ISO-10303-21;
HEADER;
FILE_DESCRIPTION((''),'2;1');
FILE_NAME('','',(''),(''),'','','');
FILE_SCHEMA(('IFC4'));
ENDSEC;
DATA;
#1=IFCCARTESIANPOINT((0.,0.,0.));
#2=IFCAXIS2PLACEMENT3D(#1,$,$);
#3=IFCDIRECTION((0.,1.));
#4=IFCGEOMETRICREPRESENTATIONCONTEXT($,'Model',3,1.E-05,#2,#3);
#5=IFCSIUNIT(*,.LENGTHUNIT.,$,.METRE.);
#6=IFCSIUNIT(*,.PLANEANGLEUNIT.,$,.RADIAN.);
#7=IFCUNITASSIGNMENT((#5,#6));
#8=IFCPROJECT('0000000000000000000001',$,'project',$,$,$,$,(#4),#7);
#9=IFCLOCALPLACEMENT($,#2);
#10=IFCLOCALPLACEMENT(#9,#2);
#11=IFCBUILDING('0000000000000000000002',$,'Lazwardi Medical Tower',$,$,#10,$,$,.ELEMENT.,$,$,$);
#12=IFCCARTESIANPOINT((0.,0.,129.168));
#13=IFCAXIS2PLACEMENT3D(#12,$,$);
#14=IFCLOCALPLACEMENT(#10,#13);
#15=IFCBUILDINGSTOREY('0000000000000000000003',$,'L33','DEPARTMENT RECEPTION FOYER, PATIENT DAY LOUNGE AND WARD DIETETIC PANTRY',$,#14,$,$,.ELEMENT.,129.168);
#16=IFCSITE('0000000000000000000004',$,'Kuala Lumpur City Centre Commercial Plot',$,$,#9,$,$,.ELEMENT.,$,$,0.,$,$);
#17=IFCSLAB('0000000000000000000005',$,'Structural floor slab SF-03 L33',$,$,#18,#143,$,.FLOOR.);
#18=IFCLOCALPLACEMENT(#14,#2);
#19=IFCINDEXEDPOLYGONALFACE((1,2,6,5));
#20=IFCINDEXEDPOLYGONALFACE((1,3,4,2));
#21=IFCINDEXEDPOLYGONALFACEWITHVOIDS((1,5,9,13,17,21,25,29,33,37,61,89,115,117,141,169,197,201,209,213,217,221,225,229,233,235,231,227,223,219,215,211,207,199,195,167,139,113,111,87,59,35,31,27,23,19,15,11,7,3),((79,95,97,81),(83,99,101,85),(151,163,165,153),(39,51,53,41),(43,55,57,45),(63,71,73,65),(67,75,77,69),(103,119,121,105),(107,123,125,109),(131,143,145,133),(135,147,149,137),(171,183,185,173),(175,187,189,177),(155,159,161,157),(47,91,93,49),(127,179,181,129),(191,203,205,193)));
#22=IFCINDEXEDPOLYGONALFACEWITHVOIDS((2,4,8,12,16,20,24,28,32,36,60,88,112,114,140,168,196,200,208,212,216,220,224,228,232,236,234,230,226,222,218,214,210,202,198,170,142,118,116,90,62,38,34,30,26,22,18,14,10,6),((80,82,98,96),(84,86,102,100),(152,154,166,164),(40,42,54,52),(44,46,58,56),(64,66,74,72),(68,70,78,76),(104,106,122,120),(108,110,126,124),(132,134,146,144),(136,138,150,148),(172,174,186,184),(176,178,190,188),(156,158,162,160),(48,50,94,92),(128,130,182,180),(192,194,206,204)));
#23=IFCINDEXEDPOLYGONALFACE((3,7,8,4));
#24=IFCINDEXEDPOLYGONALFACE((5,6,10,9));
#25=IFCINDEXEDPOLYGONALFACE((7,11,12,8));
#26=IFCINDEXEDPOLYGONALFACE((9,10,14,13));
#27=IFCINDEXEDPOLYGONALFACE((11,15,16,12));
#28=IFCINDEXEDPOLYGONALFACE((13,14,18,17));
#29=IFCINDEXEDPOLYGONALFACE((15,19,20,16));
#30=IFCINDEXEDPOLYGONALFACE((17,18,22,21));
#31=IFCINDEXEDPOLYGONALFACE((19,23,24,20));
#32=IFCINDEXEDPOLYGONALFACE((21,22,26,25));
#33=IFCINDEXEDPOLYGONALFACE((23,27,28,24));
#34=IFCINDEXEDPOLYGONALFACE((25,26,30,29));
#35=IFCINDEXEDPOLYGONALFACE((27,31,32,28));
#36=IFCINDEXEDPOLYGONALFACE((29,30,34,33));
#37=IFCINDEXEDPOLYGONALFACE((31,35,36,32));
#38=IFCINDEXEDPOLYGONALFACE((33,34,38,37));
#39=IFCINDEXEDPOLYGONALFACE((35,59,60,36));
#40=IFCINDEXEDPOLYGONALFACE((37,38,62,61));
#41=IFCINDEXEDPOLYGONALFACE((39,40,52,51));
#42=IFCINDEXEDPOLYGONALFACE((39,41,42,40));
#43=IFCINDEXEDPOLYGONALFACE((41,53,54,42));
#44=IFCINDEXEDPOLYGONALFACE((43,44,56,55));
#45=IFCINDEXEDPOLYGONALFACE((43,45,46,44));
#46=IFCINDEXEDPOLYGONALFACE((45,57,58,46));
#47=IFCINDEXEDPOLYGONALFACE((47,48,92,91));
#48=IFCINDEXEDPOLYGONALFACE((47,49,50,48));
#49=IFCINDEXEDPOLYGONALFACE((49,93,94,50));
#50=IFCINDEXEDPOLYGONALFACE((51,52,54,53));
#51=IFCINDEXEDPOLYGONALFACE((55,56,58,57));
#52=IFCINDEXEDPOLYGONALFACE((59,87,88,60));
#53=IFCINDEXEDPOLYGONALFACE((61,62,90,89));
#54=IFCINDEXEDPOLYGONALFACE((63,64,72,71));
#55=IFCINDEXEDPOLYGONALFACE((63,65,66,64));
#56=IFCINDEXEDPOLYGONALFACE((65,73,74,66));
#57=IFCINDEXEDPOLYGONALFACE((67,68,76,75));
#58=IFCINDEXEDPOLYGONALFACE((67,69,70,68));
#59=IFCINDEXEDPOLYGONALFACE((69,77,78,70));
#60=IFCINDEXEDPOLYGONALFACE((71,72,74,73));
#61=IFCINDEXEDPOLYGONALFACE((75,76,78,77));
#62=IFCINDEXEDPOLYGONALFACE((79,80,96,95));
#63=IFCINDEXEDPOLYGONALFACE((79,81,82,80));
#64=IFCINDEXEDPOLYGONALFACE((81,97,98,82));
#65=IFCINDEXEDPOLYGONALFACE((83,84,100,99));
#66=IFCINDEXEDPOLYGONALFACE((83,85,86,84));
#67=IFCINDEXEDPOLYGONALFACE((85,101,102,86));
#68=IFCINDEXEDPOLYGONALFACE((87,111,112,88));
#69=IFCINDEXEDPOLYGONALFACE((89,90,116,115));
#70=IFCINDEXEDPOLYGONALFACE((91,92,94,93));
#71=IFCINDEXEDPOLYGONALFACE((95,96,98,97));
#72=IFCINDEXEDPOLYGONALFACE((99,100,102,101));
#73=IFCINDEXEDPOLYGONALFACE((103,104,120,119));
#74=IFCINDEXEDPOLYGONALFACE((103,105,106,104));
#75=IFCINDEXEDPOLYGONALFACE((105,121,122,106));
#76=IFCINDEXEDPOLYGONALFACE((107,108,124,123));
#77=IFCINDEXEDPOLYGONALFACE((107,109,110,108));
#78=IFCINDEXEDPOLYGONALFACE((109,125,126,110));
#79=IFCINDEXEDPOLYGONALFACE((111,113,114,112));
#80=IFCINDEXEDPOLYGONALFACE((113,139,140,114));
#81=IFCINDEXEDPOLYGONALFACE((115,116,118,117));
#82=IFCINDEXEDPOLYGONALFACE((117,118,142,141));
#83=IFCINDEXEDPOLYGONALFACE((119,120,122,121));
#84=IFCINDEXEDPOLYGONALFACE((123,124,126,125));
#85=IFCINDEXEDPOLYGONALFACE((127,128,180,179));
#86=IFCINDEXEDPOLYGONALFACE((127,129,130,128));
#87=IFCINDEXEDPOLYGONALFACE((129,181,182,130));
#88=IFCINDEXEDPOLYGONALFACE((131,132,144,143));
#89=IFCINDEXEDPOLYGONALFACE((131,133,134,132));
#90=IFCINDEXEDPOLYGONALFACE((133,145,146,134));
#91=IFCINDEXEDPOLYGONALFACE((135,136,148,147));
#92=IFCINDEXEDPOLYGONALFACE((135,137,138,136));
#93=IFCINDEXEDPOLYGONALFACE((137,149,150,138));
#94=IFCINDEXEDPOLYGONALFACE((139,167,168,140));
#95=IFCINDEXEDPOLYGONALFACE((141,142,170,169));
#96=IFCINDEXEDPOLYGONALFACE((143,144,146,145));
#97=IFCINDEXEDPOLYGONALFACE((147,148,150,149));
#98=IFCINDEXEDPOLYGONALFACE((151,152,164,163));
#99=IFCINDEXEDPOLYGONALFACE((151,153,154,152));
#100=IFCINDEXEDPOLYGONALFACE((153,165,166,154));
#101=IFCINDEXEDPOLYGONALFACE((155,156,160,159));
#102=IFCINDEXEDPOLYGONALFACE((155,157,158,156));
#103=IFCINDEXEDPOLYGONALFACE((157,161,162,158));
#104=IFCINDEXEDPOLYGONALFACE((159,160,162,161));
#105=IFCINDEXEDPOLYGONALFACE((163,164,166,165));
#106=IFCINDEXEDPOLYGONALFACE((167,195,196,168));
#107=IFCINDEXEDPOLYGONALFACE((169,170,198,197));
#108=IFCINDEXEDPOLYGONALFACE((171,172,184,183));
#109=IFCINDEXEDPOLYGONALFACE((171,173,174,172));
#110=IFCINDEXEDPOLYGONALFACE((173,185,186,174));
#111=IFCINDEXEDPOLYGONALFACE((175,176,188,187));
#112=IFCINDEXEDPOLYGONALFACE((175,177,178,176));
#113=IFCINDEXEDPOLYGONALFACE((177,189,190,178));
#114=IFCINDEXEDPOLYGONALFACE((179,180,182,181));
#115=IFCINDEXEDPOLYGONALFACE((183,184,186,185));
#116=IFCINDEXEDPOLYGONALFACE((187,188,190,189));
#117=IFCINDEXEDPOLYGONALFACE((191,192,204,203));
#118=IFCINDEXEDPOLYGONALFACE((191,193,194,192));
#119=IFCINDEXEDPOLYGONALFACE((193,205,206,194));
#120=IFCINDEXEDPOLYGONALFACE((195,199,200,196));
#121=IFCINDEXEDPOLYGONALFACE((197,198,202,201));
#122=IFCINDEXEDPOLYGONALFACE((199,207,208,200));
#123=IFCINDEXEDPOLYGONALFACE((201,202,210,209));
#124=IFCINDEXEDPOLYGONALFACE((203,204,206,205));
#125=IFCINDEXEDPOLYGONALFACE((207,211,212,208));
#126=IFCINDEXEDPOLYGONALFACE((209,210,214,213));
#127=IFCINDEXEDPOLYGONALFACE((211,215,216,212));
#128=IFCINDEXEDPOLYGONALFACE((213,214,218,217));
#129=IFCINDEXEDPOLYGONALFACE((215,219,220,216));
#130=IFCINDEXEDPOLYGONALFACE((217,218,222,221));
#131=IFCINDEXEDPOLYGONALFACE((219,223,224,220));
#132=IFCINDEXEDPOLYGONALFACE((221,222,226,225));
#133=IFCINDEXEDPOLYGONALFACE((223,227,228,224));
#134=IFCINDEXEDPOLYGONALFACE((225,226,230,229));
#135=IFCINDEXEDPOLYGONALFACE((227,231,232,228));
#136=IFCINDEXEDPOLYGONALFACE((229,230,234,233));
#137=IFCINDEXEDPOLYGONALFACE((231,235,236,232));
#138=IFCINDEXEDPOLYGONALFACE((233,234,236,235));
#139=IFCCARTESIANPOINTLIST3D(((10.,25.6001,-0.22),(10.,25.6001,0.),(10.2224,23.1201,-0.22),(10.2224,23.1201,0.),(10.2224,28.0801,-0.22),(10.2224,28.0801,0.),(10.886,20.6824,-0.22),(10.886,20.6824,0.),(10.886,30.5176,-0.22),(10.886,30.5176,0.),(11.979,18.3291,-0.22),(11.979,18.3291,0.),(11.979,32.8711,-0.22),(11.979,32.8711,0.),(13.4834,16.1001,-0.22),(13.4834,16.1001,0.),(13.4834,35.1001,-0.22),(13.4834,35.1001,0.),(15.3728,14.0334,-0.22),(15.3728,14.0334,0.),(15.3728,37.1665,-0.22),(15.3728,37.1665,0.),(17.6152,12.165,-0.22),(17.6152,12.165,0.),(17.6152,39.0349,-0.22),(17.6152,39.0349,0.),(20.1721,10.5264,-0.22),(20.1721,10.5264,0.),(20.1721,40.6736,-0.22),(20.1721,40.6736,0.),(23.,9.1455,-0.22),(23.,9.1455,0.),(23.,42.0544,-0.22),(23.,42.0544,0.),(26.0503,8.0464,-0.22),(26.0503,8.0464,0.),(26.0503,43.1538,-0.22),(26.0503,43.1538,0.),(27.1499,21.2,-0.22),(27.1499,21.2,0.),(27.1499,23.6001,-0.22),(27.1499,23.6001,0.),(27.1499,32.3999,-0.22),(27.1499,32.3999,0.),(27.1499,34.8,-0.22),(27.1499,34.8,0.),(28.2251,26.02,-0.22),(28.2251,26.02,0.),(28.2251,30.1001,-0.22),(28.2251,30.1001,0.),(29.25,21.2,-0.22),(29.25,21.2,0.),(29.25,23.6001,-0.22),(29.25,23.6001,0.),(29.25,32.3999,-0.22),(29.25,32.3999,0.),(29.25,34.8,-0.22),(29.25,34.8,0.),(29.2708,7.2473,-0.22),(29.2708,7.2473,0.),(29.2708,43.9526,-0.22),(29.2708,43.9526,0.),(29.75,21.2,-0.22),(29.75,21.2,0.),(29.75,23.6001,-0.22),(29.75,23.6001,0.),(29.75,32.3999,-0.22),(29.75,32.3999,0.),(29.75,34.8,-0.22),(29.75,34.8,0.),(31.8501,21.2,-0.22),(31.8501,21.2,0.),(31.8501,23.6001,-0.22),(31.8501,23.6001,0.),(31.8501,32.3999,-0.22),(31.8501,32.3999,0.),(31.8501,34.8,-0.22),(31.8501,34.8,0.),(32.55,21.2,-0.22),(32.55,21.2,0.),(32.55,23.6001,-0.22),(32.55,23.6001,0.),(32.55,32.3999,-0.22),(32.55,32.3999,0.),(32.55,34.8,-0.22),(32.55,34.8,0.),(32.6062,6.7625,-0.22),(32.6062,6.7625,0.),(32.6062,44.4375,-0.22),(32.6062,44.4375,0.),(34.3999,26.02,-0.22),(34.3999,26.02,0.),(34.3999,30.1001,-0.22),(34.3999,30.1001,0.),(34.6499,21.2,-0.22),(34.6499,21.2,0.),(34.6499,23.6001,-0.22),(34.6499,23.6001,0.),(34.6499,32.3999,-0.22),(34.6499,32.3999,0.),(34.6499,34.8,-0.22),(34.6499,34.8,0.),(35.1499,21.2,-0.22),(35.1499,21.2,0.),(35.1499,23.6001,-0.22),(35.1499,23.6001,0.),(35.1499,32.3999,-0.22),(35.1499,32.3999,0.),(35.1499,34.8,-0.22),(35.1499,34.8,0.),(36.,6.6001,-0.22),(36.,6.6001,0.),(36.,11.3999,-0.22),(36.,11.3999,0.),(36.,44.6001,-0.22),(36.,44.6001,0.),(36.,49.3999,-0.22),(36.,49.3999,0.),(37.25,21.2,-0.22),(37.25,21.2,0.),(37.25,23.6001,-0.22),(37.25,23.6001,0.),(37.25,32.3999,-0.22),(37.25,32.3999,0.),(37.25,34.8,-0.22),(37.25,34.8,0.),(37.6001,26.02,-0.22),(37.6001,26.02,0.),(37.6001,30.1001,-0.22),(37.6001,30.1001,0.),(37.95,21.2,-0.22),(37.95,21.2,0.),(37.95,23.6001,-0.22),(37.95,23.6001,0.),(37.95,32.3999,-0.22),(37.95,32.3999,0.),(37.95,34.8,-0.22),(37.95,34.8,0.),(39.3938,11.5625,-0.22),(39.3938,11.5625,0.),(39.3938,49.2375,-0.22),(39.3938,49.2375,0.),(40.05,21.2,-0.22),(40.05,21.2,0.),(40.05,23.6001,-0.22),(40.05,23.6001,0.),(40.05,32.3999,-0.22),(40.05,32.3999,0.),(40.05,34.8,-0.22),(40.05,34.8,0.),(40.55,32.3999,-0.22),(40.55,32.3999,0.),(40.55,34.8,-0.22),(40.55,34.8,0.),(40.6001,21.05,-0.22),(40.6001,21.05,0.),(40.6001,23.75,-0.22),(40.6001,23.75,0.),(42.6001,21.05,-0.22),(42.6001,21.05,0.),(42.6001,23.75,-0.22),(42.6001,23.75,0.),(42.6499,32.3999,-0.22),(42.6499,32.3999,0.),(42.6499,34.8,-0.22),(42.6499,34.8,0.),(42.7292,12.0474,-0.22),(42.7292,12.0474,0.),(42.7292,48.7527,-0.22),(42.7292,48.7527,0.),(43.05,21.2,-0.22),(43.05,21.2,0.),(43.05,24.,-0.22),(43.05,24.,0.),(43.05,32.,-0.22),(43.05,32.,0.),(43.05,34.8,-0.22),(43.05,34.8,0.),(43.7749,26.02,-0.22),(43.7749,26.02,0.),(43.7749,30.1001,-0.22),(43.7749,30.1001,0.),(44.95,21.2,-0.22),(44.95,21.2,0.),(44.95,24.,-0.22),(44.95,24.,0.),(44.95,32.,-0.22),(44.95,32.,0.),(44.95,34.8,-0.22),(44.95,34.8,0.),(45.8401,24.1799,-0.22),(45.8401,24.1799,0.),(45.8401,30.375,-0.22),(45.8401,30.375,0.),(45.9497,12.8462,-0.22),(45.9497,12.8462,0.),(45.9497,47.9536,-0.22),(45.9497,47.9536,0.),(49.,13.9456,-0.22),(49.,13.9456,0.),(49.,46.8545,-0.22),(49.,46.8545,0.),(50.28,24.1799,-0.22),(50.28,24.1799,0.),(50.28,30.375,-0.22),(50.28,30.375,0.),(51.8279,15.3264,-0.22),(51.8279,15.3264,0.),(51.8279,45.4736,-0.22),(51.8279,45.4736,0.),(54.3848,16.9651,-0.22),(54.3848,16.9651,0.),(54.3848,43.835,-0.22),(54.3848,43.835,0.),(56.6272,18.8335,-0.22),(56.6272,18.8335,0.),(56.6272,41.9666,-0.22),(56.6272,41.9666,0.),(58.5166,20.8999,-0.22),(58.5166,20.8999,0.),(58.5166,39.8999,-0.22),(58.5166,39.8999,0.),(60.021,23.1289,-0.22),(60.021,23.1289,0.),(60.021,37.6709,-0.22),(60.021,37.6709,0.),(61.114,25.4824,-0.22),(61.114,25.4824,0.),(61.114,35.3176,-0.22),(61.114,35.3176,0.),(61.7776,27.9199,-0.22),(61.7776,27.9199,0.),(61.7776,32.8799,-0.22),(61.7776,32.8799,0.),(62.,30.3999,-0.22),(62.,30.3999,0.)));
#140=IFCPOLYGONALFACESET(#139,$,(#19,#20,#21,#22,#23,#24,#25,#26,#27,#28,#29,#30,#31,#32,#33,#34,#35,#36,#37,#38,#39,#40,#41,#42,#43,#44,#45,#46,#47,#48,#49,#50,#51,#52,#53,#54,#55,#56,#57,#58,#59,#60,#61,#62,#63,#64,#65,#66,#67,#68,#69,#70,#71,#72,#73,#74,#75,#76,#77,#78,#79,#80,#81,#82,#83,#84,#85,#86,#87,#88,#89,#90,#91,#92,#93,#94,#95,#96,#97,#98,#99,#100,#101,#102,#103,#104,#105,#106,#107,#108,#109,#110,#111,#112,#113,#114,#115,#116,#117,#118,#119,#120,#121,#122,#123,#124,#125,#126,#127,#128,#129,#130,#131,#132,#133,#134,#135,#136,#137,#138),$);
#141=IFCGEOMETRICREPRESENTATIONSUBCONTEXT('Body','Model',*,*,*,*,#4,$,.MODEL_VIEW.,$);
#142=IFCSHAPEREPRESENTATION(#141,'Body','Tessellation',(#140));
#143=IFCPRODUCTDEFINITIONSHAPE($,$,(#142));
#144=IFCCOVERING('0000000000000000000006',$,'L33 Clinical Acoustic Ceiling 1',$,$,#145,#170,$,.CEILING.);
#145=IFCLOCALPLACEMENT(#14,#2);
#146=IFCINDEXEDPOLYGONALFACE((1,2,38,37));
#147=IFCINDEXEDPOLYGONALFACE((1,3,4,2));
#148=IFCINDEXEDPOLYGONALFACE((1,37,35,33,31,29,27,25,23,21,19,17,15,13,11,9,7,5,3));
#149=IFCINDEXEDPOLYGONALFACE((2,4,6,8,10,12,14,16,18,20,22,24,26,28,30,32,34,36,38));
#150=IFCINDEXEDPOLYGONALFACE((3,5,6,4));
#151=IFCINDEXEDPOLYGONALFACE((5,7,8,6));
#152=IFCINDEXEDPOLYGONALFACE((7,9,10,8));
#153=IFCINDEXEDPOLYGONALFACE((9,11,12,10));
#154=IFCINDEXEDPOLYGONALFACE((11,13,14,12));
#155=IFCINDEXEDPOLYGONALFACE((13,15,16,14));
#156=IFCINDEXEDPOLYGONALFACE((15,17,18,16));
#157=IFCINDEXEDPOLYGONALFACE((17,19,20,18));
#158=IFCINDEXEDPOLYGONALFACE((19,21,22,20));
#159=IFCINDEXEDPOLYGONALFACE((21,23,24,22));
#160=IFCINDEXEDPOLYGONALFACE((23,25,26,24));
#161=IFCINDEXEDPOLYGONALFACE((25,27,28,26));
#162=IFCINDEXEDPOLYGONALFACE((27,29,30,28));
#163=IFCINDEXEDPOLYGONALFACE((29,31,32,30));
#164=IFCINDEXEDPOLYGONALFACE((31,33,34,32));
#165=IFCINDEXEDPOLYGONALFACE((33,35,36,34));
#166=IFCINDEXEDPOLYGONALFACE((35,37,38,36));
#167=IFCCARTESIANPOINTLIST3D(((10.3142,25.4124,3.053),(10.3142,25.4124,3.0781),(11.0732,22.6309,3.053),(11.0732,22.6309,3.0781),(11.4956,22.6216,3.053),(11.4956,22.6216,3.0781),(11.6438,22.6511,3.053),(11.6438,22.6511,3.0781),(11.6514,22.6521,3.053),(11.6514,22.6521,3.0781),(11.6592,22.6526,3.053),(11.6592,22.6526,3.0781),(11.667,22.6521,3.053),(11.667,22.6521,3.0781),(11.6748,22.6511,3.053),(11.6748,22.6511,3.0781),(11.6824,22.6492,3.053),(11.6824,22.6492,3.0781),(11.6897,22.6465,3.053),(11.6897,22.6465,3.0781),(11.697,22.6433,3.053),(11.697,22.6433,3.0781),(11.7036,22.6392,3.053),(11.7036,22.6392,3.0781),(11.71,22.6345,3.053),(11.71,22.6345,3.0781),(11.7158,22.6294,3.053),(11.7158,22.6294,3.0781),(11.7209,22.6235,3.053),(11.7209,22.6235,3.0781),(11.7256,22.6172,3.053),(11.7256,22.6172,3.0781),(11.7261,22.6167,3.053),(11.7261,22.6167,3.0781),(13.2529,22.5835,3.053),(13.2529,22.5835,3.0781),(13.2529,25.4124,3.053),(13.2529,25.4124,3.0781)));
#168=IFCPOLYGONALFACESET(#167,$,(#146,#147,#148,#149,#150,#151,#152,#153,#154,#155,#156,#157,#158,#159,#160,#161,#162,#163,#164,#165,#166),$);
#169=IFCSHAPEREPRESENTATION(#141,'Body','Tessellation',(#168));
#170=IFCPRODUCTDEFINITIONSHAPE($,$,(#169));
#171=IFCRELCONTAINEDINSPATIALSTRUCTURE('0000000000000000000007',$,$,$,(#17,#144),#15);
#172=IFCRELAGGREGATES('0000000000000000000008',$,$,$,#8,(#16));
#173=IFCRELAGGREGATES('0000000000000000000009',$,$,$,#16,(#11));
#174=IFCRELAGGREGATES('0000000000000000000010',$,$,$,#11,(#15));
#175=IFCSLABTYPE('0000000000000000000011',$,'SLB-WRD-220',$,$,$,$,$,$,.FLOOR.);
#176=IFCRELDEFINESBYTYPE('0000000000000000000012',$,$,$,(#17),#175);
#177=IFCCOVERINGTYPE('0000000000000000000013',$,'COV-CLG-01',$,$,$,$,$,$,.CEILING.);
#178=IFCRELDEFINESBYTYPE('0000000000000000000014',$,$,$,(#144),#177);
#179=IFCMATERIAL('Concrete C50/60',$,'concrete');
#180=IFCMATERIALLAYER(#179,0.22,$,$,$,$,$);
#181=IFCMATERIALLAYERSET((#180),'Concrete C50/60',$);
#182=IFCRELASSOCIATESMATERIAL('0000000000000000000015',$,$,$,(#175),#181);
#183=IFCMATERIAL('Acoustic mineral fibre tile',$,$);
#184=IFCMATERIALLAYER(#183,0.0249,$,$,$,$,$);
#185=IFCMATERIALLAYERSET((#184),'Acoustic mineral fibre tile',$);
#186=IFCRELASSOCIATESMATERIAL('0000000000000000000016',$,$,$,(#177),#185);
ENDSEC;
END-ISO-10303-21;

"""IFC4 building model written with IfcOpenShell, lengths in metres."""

from ifc_helpers import new_model, si_unit, direction, frame, origin, place, context, subcontext, project, spatial, polyline, outline, extrude, material, layer, layer_set, type_object, element, save


model = new_model("IFC4")

# Units and contexts
model_context = context("Model", 3, precision=1e-05, world=origin(), true_north=direction((0.0, 1.0)))
body_context = subcontext(model_context, "Body", "Model", "MODEL_VIEW")
ifc_project = project(units=[si_unit("LENGTHUNIT", "METRE"), si_unit("PLANEANGLEUNIT", "RADIAN")], contexts=[model_context])

# Site, building, storey
site_placement = place(None, origin())
site = spatial("IfcSite", under=ifc_project, at=site_placement, Name="Kuala Lumpur City Centre Commercial Plot", CompositionType="ELEMENT", RefElevation=0.0)
building_placement = place(site_placement, origin())
building = spatial("IfcBuilding", under=site, at=building_placement, Name="Lazwardi Medical Tower", CompositionType="ELEMENT")
storey_placement = place(building_placement, frame((0.0, 0.0, 129.168)))
storey = spatial("IfcBuildingStorey", under=building, at=storey_placement, Name="L33", Description="DEPARTMENT RECEPTION FOYER, PATIENT DAY LOUNGE AND WARD DIETETIC PANTRY", CompositionType="ELEMENT", Elevation=129.168)

# Slab
ifc_material_1 = material(Name="Concrete C50/60", Category="concrete")
ifc_layer_1 = layer(ifc_material_1, 0.22)
ifc_layer_set_1 = layer_set([ifc_layer_1], Name="Concrete C50/60")
slab_type_1 = type_object("IfcSlabType", Name="SLB-WRD-220", PredefinedType="FLOOR", material=ifc_layer_set_1)
slab_1_placement = place(storey_placement, frame((0.0, 0.0, -0.22)))
element("IfcSlab", 1, at=slab_1_placement, inside=storey, type_object=slab_type_1, Name="Structural floor slab SF-03 L33", PredefinedType="FLOOR", context=body_context, shape_type="SweptSolid", body=[
    extrude(outline(polyline([(11.979, 32.8711), (10.886, 30.5176), (10.2224, 28.0801), (10.0, 25.6001), (10.2224, 23.1201), (10.886, 20.6824), (11.979, 18.3291), (13.4834, 16.1001), (15.3728, 14.0334), (17.6152, 12.165), (20.1721, 10.5264), (23.0, 9.1455), (26.0503, 8.0464), (29.2708, 7.2473), (32.6062, 6.7625), (36.0, 6.6001), (36.0, 11.3999), (39.3938, 11.5625), (42.7292, 12.0474), (45.9497, 12.8462), (49.0, 13.9456), (51.8279, 15.3264), (54.3848, 16.9651), (56.6272, 18.8335), (58.5166, 20.8999), (60.021, 23.1289), (61.114, 25.4824), (61.7776, 27.9199), (62.0, 30.3999), (61.7776, 32.8799), (61.114, 35.3176), (60.021, 37.6709), (58.5166, 39.8999), (56.6272, 41.9666), (54.3848, 43.835), (51.8279, 45.4736), (49.0, 46.8545), (45.9497, 47.9536), (42.7292, 48.7527), (39.3938, 49.2375), (36.0, 49.3999), (36.0, 44.6001), (32.6062, 44.4375), (29.2708, 43.9526), (26.0503, 43.1538), (23.0, 42.0544), (20.1721, 40.6736), (17.6152, 39.0349), (15.3728, 37.1665), (13.4834, 35.1001), (11.979, 32.8711)]), holes=[polyline([(28.2251, 26.02), (28.2251, 30.1001), (34.3999, 30.1001), (34.3999, 26.02), (28.2251, 26.02)]), polyline([(37.6001, 30.1001), (43.7749, 30.1001), (43.7749, 26.02), (37.6001, 26.02), (37.6001, 30.1001)]), polyline([(50.28, 30.375), (50.28, 24.1799), (45.8401, 24.1799), (45.8401, 30.375), (50.28, 30.375)]), polyline([(29.25, 32.3999), (27.1499, 32.3999), (27.1499, 34.8), (29.25, 34.8), (29.25, 32.3999)]), polyline([(29.75, 32.3999), (29.75, 34.8), (31.8501, 34.8), (31.8501, 32.3999), (29.75, 32.3999)]), polyline([(27.1499, 23.6001), (29.25, 23.6001), (29.25, 21.2), (27.1499, 21.2), (27.1499, 23.6001)]), polyline([(31.8501, 23.6001), (31.8501, 21.2), (29.75, 21.2), (29.75, 23.6001), (31.8501, 23.6001)]), polyline([(34.6499, 32.3999), (32.55, 32.3999), (32.55, 34.8), (34.6499, 34.8), (34.6499, 32.3999)]), polyline([(35.1499, 32.3999), (35.1499, 34.8), (37.25, 34.8), (37.25, 32.3999), (35.1499, 32.3999)]), polyline([(32.55, 23.6001), (34.6499, 23.6001), (34.6499, 21.2), (32.55, 21.2), (32.55, 23.6001)]), polyline([(37.25, 23.6001), (37.25, 21.2), (35.1499, 21.2), (35.1499, 23.6001), (37.25, 23.6001)]), polyline([(40.05, 32.3999), (37.95, 32.3999), (37.95, 34.8), (40.05, 34.8), (40.05, 32.3999)]), polyline([(40.55, 32.3999), (40.55, 34.8), (42.6499, 34.8), (42.6499, 32.3999), (40.55, 32.3999)]), polyline([(37.95, 23.6001), (40.05, 23.6001), (40.05, 21.2), (37.95, 21.2), (37.95, 23.6001)]), polyline([(44.95, 34.8), (44.95, 32.0), (43.05, 32.0), (43.05, 34.8), (44.95, 34.8)]), polyline([(44.95, 21.2), (43.05, 21.2), (43.05, 24.0), (44.95, 24.0), (44.95, 21.2)]), polyline([(40.6001, 21.05), (40.6001, 23.75), (42.6001, 23.75), (42.6001, 21.05), (40.6001, 21.05)])]), origin(), (0.0, 0.0, 1.0), 0.22),
])

# Covering
ifc_material_2 = material(Name="Acoustic mineral fibre tile")
ifc_layer_2 = layer(ifc_material_2, 0.0249)
ifc_layer_set_2 = layer_set([ifc_layer_2], Name="Acoustic mineral fibre tile")
covering_type_1 = type_object("IfcCoveringType", Name="COV-CLG-01", PredefinedType="CEILING", material=ifc_layer_set_2)
covering_1_placement = place(storey_placement, frame((0.0, 0.0, 3.053)))
element("IfcCovering", 2, at=covering_1_placement, inside=storey, type_object=covering_type_1, Name="L33 Clinical Acoustic Ceiling 1", PredefinedType="CEILING", context=body_context, shape_type="SweptSolid", body=[
    extrude(outline(polyline([(10.3142, 25.4124), (11.0732, 22.6309), (11.4956, 22.6216), (11.6438, 22.6511), (11.6514, 22.6521), (11.6592, 22.6526), (11.667, 22.6521), (11.6748, 22.6511), (11.6824, 22.6492), (11.6897, 22.6465), (11.697, 22.6433), (11.7036, 22.6392), (11.71, 22.6345), (11.7158, 22.6294), (11.7209, 22.6235), (11.7256, 22.6172), (11.7261, 22.6167), (13.2529, 22.5835), (13.2529, 25.4124), (10.3142, 25.4124)])), origin(), (0.0, 0.0, 1.0), 0.0251),
])

save(model, "model.ifc")
